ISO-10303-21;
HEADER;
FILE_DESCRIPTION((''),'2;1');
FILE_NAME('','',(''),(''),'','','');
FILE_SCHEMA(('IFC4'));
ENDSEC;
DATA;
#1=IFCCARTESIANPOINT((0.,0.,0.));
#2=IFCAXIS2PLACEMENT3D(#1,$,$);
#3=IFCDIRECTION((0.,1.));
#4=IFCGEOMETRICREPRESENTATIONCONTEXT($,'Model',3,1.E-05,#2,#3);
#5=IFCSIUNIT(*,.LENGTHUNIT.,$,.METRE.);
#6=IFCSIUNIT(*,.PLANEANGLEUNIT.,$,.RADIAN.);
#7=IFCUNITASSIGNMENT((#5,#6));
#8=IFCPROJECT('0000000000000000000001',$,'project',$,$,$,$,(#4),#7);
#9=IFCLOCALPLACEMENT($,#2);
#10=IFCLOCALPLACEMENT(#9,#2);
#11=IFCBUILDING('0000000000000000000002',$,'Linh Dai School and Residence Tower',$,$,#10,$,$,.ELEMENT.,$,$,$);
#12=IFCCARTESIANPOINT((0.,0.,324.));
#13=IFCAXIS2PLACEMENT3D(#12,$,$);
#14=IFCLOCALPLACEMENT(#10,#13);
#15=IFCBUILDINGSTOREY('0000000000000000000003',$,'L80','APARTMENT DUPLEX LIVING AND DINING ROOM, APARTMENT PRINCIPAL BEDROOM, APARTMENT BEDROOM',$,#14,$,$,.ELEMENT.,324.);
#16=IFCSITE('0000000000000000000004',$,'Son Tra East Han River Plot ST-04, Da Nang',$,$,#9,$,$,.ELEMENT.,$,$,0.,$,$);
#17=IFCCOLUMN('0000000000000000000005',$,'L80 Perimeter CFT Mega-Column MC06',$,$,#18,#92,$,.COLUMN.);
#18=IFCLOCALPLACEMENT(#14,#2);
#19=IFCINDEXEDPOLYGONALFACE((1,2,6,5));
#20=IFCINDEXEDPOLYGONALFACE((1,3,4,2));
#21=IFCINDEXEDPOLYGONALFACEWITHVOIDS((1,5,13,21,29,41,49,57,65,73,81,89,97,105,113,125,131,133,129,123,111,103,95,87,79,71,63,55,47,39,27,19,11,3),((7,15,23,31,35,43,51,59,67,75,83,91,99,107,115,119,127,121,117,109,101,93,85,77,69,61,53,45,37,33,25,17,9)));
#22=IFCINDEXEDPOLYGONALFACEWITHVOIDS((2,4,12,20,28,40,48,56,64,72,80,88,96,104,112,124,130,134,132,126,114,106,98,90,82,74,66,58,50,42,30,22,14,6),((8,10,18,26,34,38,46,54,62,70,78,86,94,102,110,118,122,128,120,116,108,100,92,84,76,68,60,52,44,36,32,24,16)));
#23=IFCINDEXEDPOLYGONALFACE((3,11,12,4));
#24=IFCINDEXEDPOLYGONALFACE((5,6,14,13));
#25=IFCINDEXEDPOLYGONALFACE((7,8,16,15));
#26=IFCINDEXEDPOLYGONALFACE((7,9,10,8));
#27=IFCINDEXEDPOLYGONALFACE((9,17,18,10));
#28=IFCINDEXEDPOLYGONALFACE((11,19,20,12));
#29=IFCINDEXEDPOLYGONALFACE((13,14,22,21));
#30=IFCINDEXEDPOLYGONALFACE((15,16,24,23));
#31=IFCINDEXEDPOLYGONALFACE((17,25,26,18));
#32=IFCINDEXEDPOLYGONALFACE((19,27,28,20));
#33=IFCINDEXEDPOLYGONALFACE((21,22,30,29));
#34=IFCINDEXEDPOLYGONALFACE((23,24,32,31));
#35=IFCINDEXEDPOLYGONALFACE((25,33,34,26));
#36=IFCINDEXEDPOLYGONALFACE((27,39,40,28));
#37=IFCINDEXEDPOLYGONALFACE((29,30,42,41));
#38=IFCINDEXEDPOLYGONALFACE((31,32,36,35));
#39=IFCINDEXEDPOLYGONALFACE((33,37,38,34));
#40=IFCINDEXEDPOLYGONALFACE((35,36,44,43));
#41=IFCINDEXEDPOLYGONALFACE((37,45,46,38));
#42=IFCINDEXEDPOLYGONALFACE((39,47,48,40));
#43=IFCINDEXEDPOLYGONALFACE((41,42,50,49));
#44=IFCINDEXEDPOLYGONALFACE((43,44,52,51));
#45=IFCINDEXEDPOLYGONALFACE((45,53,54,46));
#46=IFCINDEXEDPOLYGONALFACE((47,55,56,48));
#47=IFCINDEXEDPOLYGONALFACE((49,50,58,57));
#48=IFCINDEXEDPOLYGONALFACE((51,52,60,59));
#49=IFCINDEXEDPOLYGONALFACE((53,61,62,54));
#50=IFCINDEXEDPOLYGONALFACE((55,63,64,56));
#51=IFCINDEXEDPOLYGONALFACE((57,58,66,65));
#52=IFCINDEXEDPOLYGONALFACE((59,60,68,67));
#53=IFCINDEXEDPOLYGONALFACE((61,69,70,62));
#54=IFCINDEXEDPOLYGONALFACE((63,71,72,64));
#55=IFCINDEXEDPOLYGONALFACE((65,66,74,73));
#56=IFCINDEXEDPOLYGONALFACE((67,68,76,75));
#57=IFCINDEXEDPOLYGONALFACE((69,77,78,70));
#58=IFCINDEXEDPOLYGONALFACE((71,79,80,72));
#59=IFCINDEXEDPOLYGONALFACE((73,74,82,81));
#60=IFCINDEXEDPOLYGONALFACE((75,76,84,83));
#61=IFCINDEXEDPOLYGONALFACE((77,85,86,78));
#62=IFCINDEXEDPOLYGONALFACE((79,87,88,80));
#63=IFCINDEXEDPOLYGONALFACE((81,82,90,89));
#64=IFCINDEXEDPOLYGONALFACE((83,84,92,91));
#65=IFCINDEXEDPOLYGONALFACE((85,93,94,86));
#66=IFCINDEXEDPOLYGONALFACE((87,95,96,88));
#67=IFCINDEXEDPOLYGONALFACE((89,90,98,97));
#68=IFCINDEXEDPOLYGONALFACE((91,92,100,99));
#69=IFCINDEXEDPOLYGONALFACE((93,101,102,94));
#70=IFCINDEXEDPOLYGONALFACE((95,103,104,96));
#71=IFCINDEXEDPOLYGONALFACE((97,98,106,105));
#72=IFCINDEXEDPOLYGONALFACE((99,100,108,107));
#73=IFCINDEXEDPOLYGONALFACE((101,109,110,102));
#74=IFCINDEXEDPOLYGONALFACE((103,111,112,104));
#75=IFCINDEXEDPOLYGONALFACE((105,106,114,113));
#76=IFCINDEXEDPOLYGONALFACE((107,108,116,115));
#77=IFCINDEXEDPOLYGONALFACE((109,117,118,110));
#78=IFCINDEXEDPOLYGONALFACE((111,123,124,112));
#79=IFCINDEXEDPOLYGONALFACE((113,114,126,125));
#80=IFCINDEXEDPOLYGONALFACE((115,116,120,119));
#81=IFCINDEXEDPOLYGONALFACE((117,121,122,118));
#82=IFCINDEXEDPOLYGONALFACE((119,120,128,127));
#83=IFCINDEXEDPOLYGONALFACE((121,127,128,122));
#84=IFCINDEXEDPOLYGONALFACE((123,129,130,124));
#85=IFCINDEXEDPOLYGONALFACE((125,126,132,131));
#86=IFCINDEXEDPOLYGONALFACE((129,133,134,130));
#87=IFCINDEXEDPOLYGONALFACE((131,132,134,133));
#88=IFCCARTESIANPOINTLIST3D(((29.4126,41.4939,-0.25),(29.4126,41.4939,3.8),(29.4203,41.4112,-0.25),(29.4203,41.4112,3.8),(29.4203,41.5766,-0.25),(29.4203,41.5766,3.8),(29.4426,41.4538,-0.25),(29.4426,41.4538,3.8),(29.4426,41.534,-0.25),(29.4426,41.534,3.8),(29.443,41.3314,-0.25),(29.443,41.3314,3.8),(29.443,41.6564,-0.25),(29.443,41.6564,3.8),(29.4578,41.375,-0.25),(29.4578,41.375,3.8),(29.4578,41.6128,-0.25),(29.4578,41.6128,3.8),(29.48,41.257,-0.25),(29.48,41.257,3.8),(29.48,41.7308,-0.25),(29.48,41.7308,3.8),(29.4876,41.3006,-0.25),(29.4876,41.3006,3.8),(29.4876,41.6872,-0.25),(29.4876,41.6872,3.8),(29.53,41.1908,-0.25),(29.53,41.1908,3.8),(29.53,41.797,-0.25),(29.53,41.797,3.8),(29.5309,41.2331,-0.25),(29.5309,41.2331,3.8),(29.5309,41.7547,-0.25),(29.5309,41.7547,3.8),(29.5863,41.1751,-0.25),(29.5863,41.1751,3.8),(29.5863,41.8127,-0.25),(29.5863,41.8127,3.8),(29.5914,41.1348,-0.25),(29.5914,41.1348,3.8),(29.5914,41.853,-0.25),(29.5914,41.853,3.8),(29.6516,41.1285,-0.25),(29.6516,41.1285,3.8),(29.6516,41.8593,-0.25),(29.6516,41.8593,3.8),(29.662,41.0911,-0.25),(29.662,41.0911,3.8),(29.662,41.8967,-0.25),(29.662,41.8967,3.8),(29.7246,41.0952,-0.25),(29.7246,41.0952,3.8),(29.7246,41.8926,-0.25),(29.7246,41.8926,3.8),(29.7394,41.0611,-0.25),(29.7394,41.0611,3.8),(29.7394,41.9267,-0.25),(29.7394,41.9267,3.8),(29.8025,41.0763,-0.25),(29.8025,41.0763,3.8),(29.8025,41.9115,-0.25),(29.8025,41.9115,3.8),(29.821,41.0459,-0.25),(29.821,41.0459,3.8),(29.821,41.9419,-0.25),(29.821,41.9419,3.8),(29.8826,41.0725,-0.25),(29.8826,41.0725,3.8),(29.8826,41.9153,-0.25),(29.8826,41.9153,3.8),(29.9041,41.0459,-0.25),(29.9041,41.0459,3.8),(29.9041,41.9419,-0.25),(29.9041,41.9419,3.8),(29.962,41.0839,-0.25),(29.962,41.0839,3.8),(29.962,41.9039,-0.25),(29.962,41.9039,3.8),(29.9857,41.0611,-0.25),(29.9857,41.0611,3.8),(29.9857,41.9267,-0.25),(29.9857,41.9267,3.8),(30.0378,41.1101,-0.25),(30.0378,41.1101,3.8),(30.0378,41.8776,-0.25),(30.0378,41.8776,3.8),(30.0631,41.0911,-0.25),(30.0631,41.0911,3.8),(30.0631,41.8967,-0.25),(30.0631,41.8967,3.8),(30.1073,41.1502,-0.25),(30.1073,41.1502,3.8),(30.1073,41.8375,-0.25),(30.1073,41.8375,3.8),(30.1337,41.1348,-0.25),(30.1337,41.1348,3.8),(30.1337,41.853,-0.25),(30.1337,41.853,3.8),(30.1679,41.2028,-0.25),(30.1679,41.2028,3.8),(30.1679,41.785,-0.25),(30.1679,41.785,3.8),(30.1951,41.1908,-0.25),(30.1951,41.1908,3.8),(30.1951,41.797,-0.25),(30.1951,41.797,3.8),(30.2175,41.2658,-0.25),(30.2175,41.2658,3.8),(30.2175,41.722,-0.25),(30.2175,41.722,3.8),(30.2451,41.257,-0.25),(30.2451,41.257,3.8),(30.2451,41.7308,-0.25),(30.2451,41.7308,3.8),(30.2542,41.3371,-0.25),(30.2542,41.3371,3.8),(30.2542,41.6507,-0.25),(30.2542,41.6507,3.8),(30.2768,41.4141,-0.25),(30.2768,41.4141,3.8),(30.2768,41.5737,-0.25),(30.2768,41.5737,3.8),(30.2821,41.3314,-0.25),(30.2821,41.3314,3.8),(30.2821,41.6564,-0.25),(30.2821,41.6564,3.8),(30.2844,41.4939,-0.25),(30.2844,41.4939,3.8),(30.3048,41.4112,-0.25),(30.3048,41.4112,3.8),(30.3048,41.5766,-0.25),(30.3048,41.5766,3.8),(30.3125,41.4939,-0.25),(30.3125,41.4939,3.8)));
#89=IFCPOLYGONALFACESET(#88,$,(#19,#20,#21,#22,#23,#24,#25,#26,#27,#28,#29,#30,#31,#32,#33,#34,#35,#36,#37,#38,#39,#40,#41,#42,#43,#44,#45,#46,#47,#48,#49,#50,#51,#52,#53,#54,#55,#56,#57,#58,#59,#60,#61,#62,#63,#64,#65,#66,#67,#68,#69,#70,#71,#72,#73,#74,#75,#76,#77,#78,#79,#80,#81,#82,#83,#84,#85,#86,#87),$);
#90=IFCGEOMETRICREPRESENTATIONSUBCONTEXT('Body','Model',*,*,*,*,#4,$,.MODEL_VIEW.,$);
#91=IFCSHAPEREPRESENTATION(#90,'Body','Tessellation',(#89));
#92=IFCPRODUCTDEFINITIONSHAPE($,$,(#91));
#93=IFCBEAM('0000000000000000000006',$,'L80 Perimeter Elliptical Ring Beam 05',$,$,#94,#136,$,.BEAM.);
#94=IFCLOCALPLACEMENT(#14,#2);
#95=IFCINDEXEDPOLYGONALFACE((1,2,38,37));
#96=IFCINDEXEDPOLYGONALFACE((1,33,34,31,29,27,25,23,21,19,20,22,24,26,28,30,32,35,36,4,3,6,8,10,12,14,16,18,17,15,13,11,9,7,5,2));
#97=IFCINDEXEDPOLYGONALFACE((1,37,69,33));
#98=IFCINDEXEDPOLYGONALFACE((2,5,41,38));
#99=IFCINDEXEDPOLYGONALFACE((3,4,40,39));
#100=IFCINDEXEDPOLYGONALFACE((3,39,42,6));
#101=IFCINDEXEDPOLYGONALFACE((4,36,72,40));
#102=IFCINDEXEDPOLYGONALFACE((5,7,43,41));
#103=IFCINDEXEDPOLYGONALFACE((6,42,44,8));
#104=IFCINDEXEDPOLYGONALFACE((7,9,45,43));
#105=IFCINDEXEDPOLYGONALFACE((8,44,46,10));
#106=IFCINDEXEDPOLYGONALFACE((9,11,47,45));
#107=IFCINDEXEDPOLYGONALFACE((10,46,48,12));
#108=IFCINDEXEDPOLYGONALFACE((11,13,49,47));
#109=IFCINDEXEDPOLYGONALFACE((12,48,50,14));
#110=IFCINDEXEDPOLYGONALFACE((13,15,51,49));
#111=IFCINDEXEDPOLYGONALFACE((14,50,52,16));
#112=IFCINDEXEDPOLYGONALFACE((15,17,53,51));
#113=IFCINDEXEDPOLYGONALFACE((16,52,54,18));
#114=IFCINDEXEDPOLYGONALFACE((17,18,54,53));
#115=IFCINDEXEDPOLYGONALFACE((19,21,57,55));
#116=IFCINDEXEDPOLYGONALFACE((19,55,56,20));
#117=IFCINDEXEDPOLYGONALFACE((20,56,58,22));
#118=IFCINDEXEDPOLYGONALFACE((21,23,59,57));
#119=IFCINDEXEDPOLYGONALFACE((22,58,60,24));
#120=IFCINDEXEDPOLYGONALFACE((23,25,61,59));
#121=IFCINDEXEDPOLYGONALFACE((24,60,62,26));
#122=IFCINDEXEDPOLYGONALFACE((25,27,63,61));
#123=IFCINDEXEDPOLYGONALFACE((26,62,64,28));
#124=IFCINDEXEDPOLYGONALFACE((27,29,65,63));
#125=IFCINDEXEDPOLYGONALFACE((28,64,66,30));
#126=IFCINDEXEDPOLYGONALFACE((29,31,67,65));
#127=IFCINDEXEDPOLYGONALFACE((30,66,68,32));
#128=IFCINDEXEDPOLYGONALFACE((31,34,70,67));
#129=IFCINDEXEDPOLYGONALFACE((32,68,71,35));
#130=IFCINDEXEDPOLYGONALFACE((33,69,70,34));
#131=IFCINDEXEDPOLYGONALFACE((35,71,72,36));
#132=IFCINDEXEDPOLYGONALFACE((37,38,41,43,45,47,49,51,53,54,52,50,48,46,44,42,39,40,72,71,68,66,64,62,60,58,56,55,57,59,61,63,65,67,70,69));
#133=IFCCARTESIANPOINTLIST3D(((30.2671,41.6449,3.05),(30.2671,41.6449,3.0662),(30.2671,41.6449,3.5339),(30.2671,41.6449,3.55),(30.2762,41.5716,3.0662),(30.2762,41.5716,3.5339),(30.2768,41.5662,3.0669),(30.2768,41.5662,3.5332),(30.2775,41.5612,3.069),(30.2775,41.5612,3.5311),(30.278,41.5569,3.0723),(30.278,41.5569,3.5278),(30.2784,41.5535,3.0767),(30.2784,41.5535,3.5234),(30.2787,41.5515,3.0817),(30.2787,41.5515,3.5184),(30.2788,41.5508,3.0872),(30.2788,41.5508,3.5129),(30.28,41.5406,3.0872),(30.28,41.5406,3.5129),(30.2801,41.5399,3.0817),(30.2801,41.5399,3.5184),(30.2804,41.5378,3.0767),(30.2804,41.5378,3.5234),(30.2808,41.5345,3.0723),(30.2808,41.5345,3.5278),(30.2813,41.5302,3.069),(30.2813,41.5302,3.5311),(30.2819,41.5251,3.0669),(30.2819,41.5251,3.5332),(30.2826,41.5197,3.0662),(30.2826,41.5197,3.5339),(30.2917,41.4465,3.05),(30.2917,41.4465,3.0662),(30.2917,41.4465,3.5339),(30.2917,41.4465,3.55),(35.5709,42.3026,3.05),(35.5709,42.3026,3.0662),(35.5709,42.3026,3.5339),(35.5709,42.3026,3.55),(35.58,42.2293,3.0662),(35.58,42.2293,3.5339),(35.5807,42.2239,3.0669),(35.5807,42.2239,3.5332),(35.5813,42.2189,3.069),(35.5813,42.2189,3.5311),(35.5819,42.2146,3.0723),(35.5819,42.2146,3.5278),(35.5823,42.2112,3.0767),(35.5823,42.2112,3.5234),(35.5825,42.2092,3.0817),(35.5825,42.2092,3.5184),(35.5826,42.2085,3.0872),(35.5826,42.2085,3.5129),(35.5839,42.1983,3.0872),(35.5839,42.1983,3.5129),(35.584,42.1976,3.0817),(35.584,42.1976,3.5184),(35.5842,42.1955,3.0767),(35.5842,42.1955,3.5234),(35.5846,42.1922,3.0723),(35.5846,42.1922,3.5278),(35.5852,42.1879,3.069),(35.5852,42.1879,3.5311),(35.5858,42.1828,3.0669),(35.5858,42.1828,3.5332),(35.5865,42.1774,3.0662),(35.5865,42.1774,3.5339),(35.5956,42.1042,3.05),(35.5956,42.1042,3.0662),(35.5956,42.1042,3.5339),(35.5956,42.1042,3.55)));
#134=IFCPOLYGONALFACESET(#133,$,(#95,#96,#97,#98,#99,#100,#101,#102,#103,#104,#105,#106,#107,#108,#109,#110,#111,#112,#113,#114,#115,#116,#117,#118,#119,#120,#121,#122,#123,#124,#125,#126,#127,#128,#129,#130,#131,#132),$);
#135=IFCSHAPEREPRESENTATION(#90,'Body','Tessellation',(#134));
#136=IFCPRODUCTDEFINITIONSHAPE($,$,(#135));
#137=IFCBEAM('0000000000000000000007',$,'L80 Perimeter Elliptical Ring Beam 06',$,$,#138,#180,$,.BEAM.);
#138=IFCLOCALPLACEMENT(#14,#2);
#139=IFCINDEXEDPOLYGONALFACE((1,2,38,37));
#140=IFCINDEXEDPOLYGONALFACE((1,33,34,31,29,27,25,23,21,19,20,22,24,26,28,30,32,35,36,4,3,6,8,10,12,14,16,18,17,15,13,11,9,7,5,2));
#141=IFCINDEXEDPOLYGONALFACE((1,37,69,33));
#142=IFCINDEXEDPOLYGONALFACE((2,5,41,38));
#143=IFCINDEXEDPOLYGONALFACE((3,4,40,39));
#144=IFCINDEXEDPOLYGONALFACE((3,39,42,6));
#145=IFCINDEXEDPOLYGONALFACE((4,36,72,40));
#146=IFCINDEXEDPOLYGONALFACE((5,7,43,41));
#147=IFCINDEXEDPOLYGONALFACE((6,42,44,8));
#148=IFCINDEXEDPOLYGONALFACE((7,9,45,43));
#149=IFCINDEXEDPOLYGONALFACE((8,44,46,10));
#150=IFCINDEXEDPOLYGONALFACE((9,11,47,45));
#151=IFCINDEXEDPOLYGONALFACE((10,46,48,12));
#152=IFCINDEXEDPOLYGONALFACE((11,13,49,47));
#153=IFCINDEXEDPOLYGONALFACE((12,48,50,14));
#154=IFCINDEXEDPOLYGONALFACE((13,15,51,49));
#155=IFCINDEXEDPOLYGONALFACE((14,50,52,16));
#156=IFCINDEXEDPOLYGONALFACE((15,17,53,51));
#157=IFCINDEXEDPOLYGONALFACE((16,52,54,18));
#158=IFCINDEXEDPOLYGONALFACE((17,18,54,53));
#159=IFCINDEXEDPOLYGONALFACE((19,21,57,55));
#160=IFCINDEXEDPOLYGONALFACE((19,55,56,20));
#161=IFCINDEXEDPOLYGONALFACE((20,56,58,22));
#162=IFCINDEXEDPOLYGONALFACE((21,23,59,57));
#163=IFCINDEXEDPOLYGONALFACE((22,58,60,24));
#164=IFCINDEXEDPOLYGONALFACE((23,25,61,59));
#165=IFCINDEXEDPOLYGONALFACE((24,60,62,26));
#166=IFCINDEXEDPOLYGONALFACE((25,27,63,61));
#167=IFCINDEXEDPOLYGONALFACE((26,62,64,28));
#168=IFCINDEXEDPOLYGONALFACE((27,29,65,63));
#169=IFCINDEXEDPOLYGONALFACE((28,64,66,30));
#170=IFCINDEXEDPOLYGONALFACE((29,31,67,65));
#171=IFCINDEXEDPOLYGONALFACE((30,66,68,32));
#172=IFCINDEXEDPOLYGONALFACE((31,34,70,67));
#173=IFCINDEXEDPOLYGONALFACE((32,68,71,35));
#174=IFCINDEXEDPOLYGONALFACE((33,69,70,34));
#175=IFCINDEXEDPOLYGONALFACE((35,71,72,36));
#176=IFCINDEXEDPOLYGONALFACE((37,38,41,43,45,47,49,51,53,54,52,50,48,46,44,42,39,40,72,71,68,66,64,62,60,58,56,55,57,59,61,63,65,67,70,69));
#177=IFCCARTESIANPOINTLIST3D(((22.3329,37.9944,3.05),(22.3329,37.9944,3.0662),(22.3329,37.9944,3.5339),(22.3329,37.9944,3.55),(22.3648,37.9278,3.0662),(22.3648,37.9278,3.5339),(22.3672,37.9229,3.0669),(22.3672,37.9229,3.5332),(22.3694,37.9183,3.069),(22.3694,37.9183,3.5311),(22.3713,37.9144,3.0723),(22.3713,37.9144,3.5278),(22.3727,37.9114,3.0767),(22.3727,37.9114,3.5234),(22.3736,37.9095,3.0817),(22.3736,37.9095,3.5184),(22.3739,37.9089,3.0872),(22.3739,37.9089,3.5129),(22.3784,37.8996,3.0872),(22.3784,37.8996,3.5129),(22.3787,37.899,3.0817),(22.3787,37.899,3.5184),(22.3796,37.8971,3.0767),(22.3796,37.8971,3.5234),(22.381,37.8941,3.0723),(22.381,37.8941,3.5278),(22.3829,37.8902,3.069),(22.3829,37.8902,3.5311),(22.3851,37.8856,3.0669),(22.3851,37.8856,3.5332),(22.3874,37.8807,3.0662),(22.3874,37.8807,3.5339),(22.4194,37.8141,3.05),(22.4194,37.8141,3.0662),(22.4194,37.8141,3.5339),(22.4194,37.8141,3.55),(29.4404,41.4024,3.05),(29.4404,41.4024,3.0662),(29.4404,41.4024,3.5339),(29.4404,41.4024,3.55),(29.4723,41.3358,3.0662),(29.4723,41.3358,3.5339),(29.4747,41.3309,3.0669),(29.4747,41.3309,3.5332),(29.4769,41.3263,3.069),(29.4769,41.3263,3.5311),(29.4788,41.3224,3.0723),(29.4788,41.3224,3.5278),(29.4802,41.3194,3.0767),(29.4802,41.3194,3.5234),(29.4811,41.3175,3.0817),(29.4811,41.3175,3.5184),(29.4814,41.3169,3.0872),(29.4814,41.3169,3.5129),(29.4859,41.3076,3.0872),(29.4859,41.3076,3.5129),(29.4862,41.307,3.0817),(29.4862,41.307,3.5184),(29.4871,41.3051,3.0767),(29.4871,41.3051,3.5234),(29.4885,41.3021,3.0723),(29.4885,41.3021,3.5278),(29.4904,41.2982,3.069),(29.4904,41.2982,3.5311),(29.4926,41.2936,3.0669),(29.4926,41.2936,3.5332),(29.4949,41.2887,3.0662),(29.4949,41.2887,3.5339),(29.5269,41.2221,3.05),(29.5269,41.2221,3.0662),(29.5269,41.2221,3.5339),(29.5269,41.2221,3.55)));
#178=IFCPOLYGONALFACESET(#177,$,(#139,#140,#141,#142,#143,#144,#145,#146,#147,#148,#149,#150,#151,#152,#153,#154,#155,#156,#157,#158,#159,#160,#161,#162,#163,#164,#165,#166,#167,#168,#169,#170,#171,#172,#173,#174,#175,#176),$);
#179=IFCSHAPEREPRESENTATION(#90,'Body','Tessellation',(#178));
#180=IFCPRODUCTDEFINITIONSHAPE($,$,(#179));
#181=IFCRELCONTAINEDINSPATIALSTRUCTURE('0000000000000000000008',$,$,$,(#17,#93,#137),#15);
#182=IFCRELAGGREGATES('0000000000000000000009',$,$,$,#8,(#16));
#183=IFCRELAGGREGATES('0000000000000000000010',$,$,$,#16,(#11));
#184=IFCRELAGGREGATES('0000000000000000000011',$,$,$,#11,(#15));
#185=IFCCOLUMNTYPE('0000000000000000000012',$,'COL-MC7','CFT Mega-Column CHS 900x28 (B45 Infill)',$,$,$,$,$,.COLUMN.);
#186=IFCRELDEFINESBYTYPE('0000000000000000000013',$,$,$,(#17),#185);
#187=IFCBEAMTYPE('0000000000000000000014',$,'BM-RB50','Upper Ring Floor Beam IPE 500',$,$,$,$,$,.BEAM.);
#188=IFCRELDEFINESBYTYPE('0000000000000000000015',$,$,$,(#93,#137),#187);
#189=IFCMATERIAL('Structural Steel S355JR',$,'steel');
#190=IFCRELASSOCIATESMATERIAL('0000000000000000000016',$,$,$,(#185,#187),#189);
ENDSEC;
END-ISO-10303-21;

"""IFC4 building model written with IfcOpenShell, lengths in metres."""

from ifc_helpers import new_model, si_unit, direction, frame, origin, origin_2d, place, context, subcontext, project, spatial, hollow_circle, i_section, extrude, material, material_profile, profile_set, type_object, element, save


model = new_model("IFC4")

# Units and contexts
model_context = context("Model", 3, precision=1e-05, world=origin(), true_north=direction((0.0, 1.0)))
body_context = subcontext(model_context, "Body", "Model", "MODEL_VIEW")
ifc_project = project(units=[si_unit("LENGTHUNIT", "METRE"), si_unit("PLANEANGLEUNIT", "RADIAN")], contexts=[model_context])

# Site, building, storey
site_placement = place(None, origin())
site = spatial("IfcSite", under=ifc_project, at=site_placement, Name="Son Tra East Han River Plot ST-04, Da Nang", CompositionType="ELEMENT", RefElevation=0.0)
building_placement = place(site_placement, origin())
building = spatial("IfcBuilding", under=site, at=building_placement, Name="Linh Dai School and Residence Tower", CompositionType="ELEMENT")
storey_placement = place(building_placement, frame((0.0, 0.0, 324.0)))
storey = spatial("IfcBuildingStorey", under=building, at=storey_placement, Name="L80", Description="APARTMENT DUPLEX LIVING AND DINING ROOM, APARTMENT PRINCIPAL BEDROOM, APARTMENT BEDROOM", CompositionType="ELEMENT", Elevation=324.0)

# Column
ifc_material_1 = material(Name="Structural Steel S355JR", Category="steel")
ifc_material_profile_1 = material_profile(ifc_material_1, hollow_circle(Radius=0.45, WallThickness=0.0281, at=origin_2d()), Name="CHS 900x28")
ifc_profile_set_1 = profile_set([ifc_material_profile_1], Name="Structural Steel S355JR")
column_type = type_object("IfcColumnType", Name="COL-MC7", Description="CFT Mega-Column CHS 900x28 (B45 Infill)", PredefinedType="COLUMN", material=ifc_profile_set_1)
column_placement = place(storey_placement, frame((29.8625, 41.4939, -0.25), z_axis=(0.0, 0.0, 1.0), x_axis=(1.0, 0.0, 0.0)))
element("IfcColumn", 1, at=column_placement, inside=storey, type_object=column_type, Name="L80 Perimeter CFT Mega-Column MC06", PredefinedType="COLUMN", context=body_context, shape_type="SweptSolid", body=[
    extrude(hollow_circle(Radius=0.45, WallThickness=0.0281, at=origin_2d()), origin(), (0.0, 0.0, 1.0), 4.05),
])

# Beams
ifc_material_profile_2 = material_profile(ifc_material_1, i_section(OverallWidth=0.2, OverallDepth=0.5, WebThickness=0.0103, FlangeThickness=0.0161, FilletRadius=0.021, at=origin_2d()), Name="IPE 500")
ifc_profile_set_2 = profile_set([ifc_material_profile_2], Name="Structural Steel S355JR")
beam_type_1 = type_object("IfcBeamType", Name="BM-RB50", Description="Upper Ring Floor Beam IPE 500", PredefinedType="BEAM", material=ifc_profile_set_2)
beam_1_placement = place(storey_placement, frame((35.5833, 42.2034, 3.3), z_axis=(-0.992399, -0.123062, 0.0), x_axis=(0.123062, -0.992399, 0.0)))
element("IfcBeam", 2, at=beam_1_placement, inside=storey, type_object=beam_type_1, Name="L80 Perimeter Elliptical Ring Beam 05", PredefinedType="BEAM", context=body_context, shape_type="SweptSolid", body=[
    extrude(i_section(OverallWidth=0.2, OverallDepth=0.5, WebThickness=0.0103, FlangeThickness=0.0161, FilletRadius=0.021, at=origin_2d()), origin(), (0.0, 0.0, 1.0), 5.3445),
])
beam_2_placement = place(storey_placement, frame((29.4836, 41.3123, 3.3), z_axis=(-0.901701, -0.432359, 0.0), x_axis=(0.432359, -0.901701, 0.0)))
element("IfcBeam", 3, at=beam_2_placement, inside=storey, type_object=beam_type_1, Name="L80 Perimeter Elliptical Ring Beam 06", PredefinedType="BEAM", context=body_context, shape_type="SweptSolid", body=[
    extrude(i_section(OverallWidth=0.2, OverallDepth=0.5, WebThickness=0.0103, FlangeThickness=0.0161, FilletRadius=0.021, at=origin_2d()), origin(), (0.0, 0.0, 1.0), 7.8823),
])

save(model, "model.ifc")
